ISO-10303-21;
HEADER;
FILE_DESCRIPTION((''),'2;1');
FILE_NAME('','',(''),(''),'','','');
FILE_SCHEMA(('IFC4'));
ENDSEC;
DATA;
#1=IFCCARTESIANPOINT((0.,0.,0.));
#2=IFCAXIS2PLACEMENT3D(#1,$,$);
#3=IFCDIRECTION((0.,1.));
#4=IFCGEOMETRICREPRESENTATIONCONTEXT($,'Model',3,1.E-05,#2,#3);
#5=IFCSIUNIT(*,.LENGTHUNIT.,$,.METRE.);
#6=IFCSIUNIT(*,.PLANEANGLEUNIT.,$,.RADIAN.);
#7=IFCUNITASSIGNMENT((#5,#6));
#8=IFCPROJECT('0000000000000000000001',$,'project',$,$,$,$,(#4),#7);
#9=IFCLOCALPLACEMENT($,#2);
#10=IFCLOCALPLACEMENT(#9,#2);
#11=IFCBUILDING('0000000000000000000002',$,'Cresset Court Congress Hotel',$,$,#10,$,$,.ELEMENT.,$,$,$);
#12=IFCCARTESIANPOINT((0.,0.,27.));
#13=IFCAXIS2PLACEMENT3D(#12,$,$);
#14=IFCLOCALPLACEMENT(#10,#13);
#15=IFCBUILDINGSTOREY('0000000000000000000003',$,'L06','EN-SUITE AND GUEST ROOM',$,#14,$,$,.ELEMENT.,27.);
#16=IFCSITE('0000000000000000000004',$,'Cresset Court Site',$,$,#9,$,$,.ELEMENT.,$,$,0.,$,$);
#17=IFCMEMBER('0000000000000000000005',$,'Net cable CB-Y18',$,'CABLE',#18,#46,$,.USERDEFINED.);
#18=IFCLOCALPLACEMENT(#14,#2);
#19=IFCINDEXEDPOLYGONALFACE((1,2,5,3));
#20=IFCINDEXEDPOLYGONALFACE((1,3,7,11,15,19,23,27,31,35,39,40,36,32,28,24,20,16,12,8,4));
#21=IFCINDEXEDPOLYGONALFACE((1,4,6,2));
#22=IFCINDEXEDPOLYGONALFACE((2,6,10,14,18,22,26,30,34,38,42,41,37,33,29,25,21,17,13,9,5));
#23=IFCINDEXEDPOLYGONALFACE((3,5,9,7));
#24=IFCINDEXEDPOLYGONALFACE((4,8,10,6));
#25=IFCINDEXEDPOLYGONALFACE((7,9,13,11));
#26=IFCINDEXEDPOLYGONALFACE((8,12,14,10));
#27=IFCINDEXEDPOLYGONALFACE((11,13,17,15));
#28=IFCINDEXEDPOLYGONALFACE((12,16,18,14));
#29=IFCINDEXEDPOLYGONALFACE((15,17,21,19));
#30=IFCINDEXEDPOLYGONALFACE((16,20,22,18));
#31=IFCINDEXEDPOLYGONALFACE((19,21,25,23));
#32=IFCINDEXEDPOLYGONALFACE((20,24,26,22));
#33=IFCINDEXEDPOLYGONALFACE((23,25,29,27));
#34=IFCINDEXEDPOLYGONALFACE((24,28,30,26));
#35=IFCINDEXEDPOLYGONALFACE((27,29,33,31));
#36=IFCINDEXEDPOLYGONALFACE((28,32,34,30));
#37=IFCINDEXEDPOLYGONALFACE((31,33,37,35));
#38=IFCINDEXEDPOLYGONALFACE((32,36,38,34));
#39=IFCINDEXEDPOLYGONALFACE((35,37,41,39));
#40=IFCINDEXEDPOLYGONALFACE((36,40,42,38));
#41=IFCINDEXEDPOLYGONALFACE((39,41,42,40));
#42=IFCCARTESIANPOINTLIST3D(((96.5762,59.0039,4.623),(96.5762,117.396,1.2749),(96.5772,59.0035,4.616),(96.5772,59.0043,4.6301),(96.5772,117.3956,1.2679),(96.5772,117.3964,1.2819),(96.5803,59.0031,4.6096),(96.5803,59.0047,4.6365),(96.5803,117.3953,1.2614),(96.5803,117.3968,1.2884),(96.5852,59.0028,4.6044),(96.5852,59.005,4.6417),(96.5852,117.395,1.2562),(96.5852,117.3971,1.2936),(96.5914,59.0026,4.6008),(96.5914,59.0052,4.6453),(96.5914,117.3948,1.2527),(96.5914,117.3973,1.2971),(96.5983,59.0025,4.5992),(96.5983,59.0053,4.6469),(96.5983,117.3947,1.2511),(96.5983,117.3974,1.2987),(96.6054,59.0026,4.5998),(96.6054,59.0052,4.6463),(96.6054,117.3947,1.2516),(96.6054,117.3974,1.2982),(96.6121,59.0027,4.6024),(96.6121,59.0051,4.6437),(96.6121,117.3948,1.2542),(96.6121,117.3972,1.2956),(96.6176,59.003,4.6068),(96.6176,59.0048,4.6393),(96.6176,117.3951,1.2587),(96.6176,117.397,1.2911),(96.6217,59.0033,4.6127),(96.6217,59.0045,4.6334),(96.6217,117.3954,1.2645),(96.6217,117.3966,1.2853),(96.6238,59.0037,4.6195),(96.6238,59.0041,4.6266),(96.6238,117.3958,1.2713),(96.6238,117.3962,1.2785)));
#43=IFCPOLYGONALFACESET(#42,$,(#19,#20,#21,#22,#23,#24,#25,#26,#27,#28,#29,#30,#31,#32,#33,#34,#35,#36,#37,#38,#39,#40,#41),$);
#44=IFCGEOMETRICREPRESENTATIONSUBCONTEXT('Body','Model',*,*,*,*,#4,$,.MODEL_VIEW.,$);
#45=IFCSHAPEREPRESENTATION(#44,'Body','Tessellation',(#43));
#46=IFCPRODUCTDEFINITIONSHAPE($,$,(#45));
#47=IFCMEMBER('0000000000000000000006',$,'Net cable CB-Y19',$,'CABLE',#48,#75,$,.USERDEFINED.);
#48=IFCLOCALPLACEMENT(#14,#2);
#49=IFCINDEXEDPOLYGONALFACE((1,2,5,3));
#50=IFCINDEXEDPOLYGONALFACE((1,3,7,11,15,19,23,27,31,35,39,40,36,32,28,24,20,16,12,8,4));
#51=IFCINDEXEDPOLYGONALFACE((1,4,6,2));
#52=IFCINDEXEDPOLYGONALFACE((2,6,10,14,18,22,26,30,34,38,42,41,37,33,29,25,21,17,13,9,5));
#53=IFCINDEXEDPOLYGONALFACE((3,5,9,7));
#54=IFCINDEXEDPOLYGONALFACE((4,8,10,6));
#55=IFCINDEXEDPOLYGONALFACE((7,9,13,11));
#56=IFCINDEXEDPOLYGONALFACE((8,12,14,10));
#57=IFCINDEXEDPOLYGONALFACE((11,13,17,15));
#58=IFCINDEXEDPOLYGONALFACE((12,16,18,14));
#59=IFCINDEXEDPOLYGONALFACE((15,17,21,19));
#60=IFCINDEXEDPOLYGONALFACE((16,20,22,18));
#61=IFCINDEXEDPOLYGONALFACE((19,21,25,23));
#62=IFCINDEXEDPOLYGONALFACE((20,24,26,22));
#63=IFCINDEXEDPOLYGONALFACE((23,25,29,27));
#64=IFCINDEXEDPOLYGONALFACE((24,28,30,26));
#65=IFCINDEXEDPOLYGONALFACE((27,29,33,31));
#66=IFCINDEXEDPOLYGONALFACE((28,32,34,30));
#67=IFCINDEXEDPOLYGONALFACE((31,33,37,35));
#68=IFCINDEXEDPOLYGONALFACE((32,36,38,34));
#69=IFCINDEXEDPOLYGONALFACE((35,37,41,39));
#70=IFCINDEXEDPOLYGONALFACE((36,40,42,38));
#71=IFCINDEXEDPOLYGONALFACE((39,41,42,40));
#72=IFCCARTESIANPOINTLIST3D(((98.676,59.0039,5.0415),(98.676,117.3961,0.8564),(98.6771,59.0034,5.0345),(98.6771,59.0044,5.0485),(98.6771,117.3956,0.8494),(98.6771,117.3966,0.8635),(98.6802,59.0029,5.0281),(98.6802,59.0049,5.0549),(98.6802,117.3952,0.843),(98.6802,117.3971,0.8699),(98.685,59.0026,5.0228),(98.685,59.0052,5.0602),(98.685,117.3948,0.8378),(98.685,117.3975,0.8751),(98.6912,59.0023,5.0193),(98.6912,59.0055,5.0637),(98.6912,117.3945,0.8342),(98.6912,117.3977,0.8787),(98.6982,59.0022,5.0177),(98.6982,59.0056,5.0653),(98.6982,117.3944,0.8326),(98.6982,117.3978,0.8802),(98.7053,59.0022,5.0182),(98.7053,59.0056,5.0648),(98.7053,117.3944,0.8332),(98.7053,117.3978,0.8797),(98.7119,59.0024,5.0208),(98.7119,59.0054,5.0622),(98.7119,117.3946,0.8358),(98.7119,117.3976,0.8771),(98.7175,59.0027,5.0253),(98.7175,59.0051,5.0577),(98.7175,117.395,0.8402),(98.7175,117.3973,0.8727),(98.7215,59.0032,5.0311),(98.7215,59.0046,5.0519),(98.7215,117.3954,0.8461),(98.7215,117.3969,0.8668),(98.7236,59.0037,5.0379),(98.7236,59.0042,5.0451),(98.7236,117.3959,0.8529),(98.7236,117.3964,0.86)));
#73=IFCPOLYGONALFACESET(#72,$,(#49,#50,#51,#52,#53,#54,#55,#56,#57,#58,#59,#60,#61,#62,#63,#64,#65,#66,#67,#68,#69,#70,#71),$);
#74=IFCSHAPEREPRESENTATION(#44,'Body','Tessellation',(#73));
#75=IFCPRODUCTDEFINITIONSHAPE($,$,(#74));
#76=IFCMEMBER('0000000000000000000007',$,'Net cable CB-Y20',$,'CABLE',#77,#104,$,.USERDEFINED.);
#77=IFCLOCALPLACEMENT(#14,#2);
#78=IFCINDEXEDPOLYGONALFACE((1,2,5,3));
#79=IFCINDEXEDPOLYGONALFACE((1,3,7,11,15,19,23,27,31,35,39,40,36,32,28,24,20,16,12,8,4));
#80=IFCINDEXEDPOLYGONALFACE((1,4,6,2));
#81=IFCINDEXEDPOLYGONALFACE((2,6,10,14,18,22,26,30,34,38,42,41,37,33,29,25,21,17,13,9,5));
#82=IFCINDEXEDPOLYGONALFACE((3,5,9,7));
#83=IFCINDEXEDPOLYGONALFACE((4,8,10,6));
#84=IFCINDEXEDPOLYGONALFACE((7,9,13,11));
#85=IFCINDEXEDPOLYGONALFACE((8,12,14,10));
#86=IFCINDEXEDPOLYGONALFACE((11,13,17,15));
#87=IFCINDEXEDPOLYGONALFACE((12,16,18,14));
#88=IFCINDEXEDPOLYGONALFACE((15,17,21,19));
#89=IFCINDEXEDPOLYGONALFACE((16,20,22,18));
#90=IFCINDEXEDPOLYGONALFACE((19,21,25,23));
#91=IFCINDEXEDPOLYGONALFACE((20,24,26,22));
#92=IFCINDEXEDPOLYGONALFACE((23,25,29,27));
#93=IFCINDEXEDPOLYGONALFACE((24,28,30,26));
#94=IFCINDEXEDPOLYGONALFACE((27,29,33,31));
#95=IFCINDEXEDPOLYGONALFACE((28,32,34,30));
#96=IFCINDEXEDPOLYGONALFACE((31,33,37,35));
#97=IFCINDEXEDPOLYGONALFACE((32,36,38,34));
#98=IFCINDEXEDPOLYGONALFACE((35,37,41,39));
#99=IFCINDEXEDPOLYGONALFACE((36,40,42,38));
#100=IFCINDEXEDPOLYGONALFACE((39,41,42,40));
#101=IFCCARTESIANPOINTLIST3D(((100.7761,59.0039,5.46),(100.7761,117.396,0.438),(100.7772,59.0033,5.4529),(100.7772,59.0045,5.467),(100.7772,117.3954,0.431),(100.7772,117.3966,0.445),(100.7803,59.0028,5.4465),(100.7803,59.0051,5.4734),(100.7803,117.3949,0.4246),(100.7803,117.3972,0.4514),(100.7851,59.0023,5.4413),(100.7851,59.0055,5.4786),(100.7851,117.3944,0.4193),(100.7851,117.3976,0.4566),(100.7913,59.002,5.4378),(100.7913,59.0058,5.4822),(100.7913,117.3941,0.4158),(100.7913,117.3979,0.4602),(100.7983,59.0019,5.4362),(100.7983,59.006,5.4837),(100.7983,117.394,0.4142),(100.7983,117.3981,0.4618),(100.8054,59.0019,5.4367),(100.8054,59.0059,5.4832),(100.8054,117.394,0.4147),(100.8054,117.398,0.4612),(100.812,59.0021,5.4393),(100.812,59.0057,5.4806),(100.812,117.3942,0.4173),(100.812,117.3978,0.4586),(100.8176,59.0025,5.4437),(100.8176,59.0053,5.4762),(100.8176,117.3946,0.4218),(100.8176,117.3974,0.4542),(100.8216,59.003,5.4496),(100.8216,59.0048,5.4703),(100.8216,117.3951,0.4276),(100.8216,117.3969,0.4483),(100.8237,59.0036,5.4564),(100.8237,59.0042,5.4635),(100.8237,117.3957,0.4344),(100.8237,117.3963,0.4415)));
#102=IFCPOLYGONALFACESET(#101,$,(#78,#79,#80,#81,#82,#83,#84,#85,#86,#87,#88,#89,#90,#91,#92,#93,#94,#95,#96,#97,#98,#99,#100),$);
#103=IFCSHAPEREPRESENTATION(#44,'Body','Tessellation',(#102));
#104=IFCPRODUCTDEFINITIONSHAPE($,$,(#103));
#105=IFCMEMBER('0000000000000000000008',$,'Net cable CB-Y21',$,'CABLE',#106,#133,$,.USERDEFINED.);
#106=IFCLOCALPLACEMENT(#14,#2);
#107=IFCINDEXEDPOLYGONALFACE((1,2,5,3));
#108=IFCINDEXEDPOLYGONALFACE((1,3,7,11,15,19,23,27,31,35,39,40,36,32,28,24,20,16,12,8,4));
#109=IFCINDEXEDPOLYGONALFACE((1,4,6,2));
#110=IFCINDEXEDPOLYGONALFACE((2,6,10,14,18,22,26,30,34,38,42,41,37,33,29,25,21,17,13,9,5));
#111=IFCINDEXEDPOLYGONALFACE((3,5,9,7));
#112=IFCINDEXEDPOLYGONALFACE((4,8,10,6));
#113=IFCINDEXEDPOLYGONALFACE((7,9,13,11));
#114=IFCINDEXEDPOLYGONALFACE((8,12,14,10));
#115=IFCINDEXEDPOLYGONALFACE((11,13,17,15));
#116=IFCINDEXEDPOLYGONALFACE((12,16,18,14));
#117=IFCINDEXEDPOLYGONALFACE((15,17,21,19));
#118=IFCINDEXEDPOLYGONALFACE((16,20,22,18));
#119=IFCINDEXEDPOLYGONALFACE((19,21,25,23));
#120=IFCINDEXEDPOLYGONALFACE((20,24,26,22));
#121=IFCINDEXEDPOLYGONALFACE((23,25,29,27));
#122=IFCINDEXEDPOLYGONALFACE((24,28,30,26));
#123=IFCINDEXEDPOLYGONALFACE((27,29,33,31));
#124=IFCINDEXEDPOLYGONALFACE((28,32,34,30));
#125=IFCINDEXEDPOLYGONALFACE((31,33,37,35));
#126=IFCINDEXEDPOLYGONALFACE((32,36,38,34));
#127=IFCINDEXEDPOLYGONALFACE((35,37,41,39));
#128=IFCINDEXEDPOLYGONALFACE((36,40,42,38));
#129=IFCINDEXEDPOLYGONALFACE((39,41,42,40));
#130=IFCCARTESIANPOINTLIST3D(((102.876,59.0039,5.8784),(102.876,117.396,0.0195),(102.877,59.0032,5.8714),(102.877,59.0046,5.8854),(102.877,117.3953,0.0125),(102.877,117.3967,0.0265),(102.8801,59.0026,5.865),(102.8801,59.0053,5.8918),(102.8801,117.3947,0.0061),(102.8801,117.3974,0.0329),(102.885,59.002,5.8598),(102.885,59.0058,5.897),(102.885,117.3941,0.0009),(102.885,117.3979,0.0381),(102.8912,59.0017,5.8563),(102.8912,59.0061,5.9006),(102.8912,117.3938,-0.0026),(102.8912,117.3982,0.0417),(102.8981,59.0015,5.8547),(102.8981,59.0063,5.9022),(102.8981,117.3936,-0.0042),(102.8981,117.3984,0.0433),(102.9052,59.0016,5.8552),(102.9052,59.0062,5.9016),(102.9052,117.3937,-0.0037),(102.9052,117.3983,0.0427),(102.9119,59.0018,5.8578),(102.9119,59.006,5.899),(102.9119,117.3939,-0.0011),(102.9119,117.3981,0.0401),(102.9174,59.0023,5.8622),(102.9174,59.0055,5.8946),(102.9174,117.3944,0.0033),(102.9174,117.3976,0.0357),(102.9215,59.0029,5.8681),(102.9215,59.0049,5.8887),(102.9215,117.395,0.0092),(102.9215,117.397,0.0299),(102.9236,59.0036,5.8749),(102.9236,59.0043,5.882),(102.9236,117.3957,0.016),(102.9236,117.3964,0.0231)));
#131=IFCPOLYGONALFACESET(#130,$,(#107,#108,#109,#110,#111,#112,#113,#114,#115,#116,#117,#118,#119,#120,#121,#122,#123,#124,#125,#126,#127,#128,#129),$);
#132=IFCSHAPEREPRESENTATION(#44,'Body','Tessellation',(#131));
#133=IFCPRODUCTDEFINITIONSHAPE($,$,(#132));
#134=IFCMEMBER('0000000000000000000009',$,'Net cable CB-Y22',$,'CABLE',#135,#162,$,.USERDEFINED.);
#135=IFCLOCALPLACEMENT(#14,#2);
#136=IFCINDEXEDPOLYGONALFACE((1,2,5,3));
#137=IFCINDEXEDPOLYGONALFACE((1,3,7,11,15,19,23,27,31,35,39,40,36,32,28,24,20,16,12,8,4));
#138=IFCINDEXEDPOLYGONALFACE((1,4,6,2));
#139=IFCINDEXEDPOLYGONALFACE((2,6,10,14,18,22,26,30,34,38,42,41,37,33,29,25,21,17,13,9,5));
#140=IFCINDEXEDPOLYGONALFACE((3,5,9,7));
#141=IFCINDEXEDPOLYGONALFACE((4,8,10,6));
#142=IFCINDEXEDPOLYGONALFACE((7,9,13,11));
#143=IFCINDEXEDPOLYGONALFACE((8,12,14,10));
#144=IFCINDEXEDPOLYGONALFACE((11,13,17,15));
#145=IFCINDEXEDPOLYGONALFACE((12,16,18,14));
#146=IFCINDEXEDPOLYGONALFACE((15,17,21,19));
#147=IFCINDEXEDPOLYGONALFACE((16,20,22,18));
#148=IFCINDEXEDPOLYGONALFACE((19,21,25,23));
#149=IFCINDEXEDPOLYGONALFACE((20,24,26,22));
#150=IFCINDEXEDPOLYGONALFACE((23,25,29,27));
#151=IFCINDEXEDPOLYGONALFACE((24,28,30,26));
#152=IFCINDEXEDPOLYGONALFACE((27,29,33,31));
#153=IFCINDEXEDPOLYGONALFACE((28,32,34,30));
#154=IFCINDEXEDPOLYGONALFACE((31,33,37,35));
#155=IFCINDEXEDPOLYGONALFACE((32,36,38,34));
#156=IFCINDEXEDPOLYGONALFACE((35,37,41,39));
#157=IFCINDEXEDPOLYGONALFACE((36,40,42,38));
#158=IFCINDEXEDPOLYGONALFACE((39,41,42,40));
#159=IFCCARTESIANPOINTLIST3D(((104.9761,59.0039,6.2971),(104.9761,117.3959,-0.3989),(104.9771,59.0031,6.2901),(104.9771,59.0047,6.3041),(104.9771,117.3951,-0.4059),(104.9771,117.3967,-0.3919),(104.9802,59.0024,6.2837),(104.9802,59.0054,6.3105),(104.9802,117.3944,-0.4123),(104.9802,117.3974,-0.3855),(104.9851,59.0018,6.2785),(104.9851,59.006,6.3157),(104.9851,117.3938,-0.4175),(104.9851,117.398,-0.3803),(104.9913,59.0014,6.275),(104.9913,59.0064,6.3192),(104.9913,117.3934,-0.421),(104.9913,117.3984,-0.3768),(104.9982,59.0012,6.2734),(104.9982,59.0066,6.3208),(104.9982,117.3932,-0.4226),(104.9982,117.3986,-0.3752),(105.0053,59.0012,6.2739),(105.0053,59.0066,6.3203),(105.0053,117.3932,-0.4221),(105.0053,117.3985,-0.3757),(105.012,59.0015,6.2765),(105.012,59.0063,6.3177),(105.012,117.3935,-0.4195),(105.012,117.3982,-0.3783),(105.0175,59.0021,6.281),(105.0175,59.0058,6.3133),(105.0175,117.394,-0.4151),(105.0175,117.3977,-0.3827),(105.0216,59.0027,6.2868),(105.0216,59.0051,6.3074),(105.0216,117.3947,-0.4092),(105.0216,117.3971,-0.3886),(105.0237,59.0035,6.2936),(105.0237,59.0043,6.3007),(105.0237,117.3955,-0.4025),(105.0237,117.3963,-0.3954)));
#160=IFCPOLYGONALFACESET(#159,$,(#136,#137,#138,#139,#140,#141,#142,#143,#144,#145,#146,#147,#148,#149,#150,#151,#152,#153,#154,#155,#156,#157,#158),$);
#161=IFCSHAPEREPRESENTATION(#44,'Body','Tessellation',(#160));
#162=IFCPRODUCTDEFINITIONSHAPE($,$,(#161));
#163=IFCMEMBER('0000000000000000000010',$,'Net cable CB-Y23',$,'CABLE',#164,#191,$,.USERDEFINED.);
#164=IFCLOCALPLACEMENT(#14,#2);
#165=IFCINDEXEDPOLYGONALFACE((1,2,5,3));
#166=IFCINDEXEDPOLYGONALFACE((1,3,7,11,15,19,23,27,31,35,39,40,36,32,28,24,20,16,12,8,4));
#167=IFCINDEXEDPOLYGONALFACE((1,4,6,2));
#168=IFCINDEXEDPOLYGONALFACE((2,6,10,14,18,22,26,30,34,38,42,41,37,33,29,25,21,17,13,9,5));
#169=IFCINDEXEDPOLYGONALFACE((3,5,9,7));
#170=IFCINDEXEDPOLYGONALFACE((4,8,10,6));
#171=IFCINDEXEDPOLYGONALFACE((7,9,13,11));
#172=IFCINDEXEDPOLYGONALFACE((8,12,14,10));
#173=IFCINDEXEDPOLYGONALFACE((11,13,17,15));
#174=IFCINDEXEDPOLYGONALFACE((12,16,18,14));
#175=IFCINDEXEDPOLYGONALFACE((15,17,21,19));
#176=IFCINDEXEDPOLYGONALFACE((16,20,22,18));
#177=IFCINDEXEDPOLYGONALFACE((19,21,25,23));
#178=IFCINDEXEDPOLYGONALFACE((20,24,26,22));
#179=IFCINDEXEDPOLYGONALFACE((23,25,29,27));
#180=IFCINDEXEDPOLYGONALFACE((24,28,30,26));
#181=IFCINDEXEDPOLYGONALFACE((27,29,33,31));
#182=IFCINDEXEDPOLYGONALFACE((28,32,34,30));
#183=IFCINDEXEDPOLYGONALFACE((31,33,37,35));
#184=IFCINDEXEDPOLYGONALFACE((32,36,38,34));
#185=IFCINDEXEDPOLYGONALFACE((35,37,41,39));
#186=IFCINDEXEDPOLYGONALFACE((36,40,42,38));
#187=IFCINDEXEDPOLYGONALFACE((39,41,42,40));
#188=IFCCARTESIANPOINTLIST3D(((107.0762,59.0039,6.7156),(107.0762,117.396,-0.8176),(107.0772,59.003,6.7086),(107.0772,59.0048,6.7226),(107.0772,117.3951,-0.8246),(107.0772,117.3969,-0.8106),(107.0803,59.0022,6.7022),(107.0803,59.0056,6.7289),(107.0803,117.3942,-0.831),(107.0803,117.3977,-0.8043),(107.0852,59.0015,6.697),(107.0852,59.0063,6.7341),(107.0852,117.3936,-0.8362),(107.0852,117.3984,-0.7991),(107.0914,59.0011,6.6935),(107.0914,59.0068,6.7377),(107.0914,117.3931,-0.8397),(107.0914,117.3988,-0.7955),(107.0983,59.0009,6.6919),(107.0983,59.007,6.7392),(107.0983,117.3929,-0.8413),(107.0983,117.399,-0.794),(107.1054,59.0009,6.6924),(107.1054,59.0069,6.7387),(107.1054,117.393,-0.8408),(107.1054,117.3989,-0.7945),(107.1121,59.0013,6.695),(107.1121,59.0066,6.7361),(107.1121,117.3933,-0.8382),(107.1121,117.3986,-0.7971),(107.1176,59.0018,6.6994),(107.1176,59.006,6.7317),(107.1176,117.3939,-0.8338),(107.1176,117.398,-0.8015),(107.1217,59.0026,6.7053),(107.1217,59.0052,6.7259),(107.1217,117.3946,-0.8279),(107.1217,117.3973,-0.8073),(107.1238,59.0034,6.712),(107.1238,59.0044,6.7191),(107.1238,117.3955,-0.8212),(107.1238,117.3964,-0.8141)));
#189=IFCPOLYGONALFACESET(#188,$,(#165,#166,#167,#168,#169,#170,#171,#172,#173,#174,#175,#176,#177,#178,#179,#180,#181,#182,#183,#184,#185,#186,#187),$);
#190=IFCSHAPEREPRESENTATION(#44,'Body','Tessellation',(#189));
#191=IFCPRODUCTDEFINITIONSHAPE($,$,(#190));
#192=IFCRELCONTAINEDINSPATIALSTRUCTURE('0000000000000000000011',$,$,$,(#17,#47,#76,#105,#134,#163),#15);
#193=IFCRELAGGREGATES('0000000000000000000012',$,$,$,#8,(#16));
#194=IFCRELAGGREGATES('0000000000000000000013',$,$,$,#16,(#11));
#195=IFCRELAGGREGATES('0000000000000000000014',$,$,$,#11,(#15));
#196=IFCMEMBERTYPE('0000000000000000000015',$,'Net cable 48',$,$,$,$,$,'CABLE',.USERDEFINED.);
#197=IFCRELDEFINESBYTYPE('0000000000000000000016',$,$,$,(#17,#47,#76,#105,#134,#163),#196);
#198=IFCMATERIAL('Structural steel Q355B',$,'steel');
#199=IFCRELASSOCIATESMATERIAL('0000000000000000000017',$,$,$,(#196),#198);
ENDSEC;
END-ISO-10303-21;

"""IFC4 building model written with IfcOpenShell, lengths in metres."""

from ifc_helpers import new_model, si_unit, direction, frame, origin, origin_2d, place, context, subcontext, project, spatial, circle, extrude, material, material_profile, profile_set, type_object, element, save


model = new_model("IFC4")

# Units and contexts
model_context = context("Model", 3, precision=1e-05, world=origin(), true_north=direction((0.0, 1.0)))
body_context = subcontext(model_context, "Body", "Model", "MODEL_VIEW")
ifc_project = project(units=[si_unit("LENGTHUNIT", "METRE"), si_unit("PLANEANGLEUNIT", "RADIAN")], contexts=[model_context])

# Site, building, storey
site_placement = place(None, origin())
site = spatial("IfcSite", under=ifc_project, at=site_placement, Name="Cresset Court Site", CompositionType="ELEMENT", RefElevation=0.0)
building_placement = place(site_placement, origin())
building = spatial("IfcBuilding", under=site, at=building_placement, Name="Cresset Court Congress Hotel", CompositionType="ELEMENT")
storey_placement = place(building_placement, frame((0.0, 0.0, 27.0)))
storey = spatial("IfcBuildingStorey", under=building, at=storey_placement, Name="L06", Description="EN-SUITE AND GUEST ROOM", CompositionType="ELEMENT", Elevation=27.0)

# Members
ifc_material_1 = material(Name="Structural steel Q355B", Category="steel")
ifc_material_profile = material_profile(ifc_material_1, circle(Radius=0.0239, at=origin_2d()), Name="CABLE48")
ifc_profile_set = profile_set([ifc_material_profile], Name="Structural steel Q355B")
member_type = type_object("IfcMemberType", Name="Net cable 48", ElementType="CABLE", PredefinedType="USERDEFINED", material=ifc_profile_set)
member_1_placement = place(storey_placement, frame((96.6001, 59.0039, 4.623), z_axis=(0.0, 0.99836, -0.057245), x_axis=(-1.0, 0.0, 0.0)))
element("IfcMember", 1, at=member_1_placement, inside=storey, type_object=member_type, Name="Net cable CB-Y18", ObjectType="CABLE", PredefinedType="USERDEFINED", context=body_context, shape_type="SweptSolid", body=[
    extrude(circle(Radius=0.0239, at=origin_2d()), origin(), (0.0, 0.0, 1.0), 58.488),
])
member_2_placement = place(storey_placement, frame((98.7, 59.0039, 5.0415), z_axis=(0.0, 0.997441, -0.071488), x_axis=(-1.0, 0.0, 0.0)))
element("IfcMember", 2, at=member_2_placement, inside=storey, type_object=member_type, Name="Net cable CB-Y19", ObjectType="CABLE", PredefinedType="USERDEFINED", context=body_context, shape_type="SweptSolid", body=[
    extrude(circle(Radius=0.0239, at=origin_2d()), origin(), (0.0, 0.0, 1.0), 58.542),
])
member_3_placement = place(storey_placement, frame((100.8, 59.0039, 5.46), z_axis=(0.0, 0.996322, -0.085688), x_axis=(-1.0, 0.0, 0.0)))
element("IfcMember", 3, at=member_3_placement, inside=storey, type_object=member_type, Name="Net cable CB-Y20", ObjectType="CABLE", PredefinedType="USERDEFINED", context=body_context, shape_type="SweptSolid", body=[
    extrude(circle(Radius=0.0239, at=origin_2d()), origin(), (0.0, 0.0, 1.0), 58.6077),
])
member_4_placement = place(storey_placement, frame((102.8999, 59.0039, 5.8784), z_axis=(0.0, 0.995004, -0.099836), x_axis=(-1.0, 0.0, 0.0)))
element("IfcMember", 4, at=member_4_placement, inside=storey, type_object=member_type, Name="Net cable CB-Y21", ObjectType="CABLE", PredefinedType="USERDEFINED", context=body_context, shape_type="SweptSolid", body=[
    extrude(circle(Radius=0.0239, at=origin_2d()), origin(), (0.0, 0.0, 1.0), 58.6853),
])
member_5_placement = place(storey_placement, frame((105.0, 59.0039, 6.2971), z_axis=(0.0, 0.993489, -0.113927), x_axis=(-1.0, 0.0, 0.0)))
element("IfcMember", 5, at=member_5_placement, inside=storey, type_object=member_type, Name="Net cable CB-Y22", ObjectType="CABLE", PredefinedType="USERDEFINED", context=body_context, shape_type="SweptSolid", body=[
    extrude(circle(Radius=0.0239, at=origin_2d()), origin(), (0.0, 0.0, 1.0), 58.7747),
])
member_6_placement = place(storey_placement, frame((107.1001, 59.0039, 6.7156), z_axis=(0.0, 0.991781, -0.12795), x_axis=(-1.0, 0.0, 0.0)))
element("IfcMember", 6, at=member_6_placement, inside=storey, type_object=member_type, Name="Net cable CB-Y23", ObjectType="CABLE", PredefinedType="USERDEFINED", context=body_context, shape_type="SweptSolid", body=[
    extrude(circle(Radius=0.0239, at=origin_2d()), origin(), (0.0, 0.0, 1.0), 58.876),
])

save(model, "model.ifc")
